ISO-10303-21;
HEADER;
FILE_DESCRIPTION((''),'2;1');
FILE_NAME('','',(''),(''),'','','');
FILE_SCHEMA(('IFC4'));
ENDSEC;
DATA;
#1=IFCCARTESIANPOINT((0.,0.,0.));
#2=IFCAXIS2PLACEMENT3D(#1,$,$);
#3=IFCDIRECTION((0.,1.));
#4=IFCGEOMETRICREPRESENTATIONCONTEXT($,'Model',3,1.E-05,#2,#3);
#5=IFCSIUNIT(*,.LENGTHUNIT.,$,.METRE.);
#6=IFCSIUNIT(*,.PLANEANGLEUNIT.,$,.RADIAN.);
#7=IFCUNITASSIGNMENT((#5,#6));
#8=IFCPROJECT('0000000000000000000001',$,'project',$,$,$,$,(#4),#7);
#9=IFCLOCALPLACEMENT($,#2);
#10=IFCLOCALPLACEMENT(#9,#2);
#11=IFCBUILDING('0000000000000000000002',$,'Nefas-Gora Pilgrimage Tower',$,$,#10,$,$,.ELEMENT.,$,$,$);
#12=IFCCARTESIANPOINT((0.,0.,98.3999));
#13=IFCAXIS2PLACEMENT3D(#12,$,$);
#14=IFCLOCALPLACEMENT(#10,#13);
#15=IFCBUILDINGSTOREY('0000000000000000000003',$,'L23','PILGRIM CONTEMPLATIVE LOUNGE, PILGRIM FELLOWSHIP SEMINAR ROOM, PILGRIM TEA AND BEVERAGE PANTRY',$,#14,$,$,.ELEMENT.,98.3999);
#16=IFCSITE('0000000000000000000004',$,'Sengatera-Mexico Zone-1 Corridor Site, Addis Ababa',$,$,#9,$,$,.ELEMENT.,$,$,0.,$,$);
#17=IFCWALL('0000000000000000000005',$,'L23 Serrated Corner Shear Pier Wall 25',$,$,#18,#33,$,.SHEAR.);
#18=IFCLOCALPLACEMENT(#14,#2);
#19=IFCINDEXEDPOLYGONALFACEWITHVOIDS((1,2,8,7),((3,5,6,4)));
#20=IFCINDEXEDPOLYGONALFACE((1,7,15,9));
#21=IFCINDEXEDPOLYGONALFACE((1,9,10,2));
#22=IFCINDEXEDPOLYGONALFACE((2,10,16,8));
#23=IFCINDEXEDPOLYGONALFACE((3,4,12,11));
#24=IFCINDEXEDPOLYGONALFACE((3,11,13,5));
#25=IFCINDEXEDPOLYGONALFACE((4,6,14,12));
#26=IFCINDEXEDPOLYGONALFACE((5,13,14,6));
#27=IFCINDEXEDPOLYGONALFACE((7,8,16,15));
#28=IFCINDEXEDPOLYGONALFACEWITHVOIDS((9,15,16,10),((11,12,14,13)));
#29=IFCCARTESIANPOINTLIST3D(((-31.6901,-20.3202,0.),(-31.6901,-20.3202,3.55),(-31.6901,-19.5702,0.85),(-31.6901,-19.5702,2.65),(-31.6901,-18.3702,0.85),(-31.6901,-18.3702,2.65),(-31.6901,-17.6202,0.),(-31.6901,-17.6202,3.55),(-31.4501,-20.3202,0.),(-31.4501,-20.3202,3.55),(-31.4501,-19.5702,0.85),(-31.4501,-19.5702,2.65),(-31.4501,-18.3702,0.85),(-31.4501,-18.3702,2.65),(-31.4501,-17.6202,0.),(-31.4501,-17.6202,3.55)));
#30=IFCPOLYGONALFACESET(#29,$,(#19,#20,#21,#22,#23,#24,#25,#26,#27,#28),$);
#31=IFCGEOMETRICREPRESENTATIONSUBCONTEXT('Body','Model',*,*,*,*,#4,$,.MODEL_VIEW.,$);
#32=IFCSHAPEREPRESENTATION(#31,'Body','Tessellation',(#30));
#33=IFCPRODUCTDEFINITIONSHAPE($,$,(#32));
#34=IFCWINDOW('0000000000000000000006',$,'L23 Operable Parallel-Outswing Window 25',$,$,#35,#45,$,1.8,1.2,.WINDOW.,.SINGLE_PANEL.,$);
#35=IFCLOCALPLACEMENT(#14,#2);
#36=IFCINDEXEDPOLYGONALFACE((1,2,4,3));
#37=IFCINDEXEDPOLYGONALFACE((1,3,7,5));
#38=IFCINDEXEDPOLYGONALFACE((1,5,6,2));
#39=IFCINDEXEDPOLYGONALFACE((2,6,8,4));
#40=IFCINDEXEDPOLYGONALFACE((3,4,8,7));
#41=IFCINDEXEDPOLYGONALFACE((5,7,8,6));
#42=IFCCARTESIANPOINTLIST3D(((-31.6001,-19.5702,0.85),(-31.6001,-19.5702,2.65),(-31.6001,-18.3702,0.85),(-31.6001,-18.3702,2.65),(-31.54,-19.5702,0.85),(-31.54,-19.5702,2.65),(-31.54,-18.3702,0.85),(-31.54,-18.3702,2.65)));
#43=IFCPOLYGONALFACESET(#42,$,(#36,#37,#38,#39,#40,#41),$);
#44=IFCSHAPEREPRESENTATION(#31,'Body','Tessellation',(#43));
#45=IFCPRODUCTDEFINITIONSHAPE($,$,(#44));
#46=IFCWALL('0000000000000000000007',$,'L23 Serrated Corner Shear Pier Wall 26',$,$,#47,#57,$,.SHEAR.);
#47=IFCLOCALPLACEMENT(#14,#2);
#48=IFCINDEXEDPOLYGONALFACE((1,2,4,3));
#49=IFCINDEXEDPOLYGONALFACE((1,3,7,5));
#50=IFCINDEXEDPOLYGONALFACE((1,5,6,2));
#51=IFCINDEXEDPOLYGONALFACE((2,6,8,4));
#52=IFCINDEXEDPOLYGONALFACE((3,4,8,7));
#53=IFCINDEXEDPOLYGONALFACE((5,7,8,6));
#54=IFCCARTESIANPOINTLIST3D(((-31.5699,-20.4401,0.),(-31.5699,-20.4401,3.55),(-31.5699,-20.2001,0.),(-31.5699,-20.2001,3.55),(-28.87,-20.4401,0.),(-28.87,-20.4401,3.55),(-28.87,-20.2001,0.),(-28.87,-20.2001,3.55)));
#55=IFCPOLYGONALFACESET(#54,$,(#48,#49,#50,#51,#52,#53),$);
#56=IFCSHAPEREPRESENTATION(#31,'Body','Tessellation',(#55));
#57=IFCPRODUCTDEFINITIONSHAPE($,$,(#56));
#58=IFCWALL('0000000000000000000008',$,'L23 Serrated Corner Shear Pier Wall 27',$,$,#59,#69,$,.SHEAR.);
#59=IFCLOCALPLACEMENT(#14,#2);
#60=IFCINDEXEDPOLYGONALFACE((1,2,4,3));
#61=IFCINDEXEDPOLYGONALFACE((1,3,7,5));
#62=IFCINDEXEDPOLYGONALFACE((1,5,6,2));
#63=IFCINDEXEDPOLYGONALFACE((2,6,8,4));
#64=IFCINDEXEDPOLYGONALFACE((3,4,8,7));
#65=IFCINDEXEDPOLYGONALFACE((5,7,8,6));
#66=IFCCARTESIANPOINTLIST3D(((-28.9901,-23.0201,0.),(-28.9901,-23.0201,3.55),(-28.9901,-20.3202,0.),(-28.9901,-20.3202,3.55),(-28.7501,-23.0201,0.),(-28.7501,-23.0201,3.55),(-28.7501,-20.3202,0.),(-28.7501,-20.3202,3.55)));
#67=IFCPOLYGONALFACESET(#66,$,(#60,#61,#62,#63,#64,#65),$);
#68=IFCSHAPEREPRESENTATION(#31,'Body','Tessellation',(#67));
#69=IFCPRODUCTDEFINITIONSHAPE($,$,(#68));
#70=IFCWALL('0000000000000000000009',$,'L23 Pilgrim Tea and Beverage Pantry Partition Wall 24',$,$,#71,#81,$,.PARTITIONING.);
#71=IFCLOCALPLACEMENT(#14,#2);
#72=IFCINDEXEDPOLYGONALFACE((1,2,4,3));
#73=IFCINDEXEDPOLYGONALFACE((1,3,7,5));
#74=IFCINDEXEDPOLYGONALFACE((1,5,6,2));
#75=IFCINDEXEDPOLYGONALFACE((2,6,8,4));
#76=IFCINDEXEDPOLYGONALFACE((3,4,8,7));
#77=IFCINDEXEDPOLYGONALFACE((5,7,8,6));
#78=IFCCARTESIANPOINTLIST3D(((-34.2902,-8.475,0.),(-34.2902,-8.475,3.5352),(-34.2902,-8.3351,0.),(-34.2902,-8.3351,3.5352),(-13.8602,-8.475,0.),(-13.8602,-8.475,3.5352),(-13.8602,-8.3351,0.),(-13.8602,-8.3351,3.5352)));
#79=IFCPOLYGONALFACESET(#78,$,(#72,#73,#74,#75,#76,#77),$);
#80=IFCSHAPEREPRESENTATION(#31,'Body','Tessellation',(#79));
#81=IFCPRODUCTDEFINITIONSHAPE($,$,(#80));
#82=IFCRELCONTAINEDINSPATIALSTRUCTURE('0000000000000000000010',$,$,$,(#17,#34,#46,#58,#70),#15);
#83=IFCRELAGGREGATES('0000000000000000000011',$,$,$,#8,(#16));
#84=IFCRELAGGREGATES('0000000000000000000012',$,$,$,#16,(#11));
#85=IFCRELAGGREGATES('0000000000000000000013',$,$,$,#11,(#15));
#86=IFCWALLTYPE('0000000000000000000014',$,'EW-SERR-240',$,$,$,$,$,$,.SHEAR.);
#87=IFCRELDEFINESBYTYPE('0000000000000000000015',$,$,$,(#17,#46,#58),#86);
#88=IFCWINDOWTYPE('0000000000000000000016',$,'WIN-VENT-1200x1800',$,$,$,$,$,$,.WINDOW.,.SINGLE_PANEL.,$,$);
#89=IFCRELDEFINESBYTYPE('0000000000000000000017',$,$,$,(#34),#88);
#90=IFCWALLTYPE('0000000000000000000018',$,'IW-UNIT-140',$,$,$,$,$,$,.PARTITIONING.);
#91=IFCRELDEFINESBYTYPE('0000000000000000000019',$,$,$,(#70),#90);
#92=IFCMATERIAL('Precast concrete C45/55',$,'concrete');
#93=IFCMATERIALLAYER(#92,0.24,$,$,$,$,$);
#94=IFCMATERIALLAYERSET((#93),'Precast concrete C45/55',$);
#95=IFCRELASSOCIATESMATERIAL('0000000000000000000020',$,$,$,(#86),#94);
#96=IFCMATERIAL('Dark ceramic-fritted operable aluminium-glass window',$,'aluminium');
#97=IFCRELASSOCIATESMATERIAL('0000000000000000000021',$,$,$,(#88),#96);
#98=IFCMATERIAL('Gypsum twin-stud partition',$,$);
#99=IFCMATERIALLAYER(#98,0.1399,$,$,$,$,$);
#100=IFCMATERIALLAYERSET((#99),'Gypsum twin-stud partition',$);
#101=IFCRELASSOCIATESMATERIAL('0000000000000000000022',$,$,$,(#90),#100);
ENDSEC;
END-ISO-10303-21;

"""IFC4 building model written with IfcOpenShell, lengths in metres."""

from ifc_helpers import new_model, si_unit, direction, frame, frame_2d, origin, place, context, subcontext, project, spatial, rectangle, extrude, source, transform, mapped, material, layer, layer_set, type_object, element, fill, save


model = new_model("IFC4")

# Units and contexts
model_context = context("Model", 3, precision=1e-05, world=origin(), true_north=direction((0.0, 1.0)))
body_context = subcontext(model_context, "Body", "Model", "MODEL_VIEW")
ifc_project = project(units=[si_unit("LENGTHUNIT", "METRE"), si_unit("PLANEANGLEUNIT", "RADIAN")], contexts=[model_context])

# Site, building, storey
site_placement = place(None, origin())
site = spatial("IfcSite", under=ifc_project, at=site_placement, Name="Sengatera-Mexico Zone-1 Corridor Site, Addis Ababa", CompositionType="ELEMENT", RefElevation=0.0)
building_placement = place(site_placement, origin())
building = spatial("IfcBuilding", under=site, at=building_placement, Name="Nefas-Gora Pilgrimage Tower", CompositionType="ELEMENT")
storey_placement = place(building_placement, frame((0.0, 0.0, 98.3999)))
storey = spatial("IfcBuildingStorey", under=building, at=storey_placement, Name="L23", Description="PILGRIM CONTEMPLATIVE LOUNGE, PILGRIM FELLOWSHIP SEMINAR ROOM, PILGRIM TEA AND BEVERAGE PANTRY", CompositionType="ELEMENT", Elevation=98.3999)

# Shared definitions
ifc_material_1 = material(Name="Precast concrete C45/55", Category="concrete")
ifc_layer_1 = layer(ifc_material_1, 0.24)
ifc_layer_set_1 = layer_set([ifc_layer_1], Name="Precast concrete C45/55")
wall_type_1 = type_object("IfcWallType", Name="EW-SERR-240", PredefinedType="SHEAR", material=ifc_layer_set_1)
shared_shape_1 = source(origin(), body_context, "Body", "SweptSolid", [
    extrude(rectangle(XDim=2.7, YDim=0.24, at=frame_2d((1.3501, 0.0))), origin(), (0.0, 0.0, 1.0), 3.55),
])

# Wall, opening, window
wall_1_placement = place(storey_placement, frame((-31.5701, -17.6201, 0.0), z_axis=(0.0, 0.0, 1.0), x_axis=(0.0, -1.0, 0.0)))
wall_1 = element("IfcWall", 1, at=wall_1_placement, inside=storey, type_object=wall_type_1, Name="L23 Serrated Corner Shear Pier Wall 25", PredefinedType="SHEAR", context=body_context, shape_type="MappedRepresentation", body=[
    mapped(shared_shape_1, transform((0.0, 0.0, 0.0), x_axis=(1.0, 0.0, 0.0), y_axis=(0.0, 1.0, 0.0), z_axis=(0.0, 0.0, 1.0), scale=1.0)),
])
opening_placement = place(wall_1_placement, frame((0.75, 0.0, 0.8501)))
opening = element("IfcOpeningElement", 2, at=opening_placement, cuts=wall_1, PredefinedType="OPENING", context=body_context, shape_type="SweptSolid", body=[
    extrude(rectangle(XDim=1.2, YDim=1.8, at=frame_2d((0.6001, 0.8999))), frame((0.0, 0.1299, 0.0), z_axis=(0.0, -1.0, 0.0), x_axis=(1.0, 0.0, 0.0)), (0.0, 0.0, 1.0), 0.26),
])
ifc_material_2 = material(Name="Dark ceramic-fritted operable aluminium-glass window", Category="aluminium")
window_type = type_object("IfcWindowType", Name="WIN-VENT-1200x1800", PartitioningType="SINGLE_PANEL", PredefinedType="WINDOW", material=ifc_material_2)
shared_shape_2 = source(origin(), body_context, "Body", "SweptSolid", [
    extrude(rectangle(XDim=1.2, YDim=1.8, at=frame_2d((0.6001, 0.8999))), frame((0.0, 0.03, 0.0), z_axis=(0.0, -1.0, 0.0), x_axis=(1.0, 0.0, 0.0)), (0.0, 0.0, 1.0), 0.0601),
])
window_placement = place(opening_placement, origin())
window = element("IfcWindow", 3, at=window_placement, inside=storey, type_object=window_type, Name="L23 Operable Parallel-Outswing Window 25", OverallHeight=1.8, OverallWidth=1.2, PartitioningType="SINGLE_PANEL", PredefinedType="WINDOW", context=body_context, shape_type="MappedRepresentation", body=[
    mapped(shared_shape_2, transform((0.0, 0.0, 0.0), x_axis=(1.0, 0.0, 0.0), y_axis=(0.0, 1.0, 0.0), z_axis=(0.0, 0.0, 1.0), scale=1.0)),
])
fill(opening, window)

# Walls
for number, where, z_axis, x_axis, name in (
    (4, (-31.5701, -20.3201, 0.0), (0.0, 0.0, 1.0), (1.0, 0.0, 0.0), "L23 Serrated Corner Shear Pier Wall 26"),
    (5, (-28.8701, -20.3201, 0.0), (0.0, 0.0, 1.0), (0.0, -1.0, 0.0), "L23 Serrated Corner Shear Pier Wall 27"),
):
    element("IfcWall", number, at=place(storey_placement, frame(where, z_axis=z_axis, x_axis=x_axis)), inside=storey, type_object=wall_type_1, Name=name, PredefinedType="SHEAR", context=body_context, shape_type="MappedRepresentation", body=[
        mapped(shared_shape_1, transform((0.0, 0.0, 0.0), x_axis=(1.0, 0.0, 0.0), y_axis=(0.0, 1.0, 0.0), z_axis=(0.0, 0.0, 1.0), scale=1.0)),
    ])
ifc_material_3 = material(Name="Gypsum twin-stud partition")
ifc_layer_2 = layer(ifc_material_3, 0.1399)
ifc_layer_set_2 = layer_set([ifc_layer_2], Name="Gypsum twin-stud partition")
wall_type_2 = type_object("IfcWallType", Name="IW-UNIT-140", PredefinedType="PARTITIONING", material=ifc_layer_set_2)
shared_shape_3 = source(origin(), body_context, "Body", "SweptSolid", [
    extrude(rectangle(XDim=20.4299, YDim=0.1399, at=frame_2d((10.2148, 0.0))), origin(), (0.0, 0.0, 1.0), 3.5352),
])
wall_2_placement = place(storey_placement, frame((-34.29, -8.405, 0.0), z_axis=(0.0, 0.0, 1.0), x_axis=(1.0, 0.0, 0.0)))
element("IfcWall", 6, at=wall_2_placement, inside=storey, type_object=wall_type_2, Name="L23 Pilgrim Tea and Beverage Pantry Partition Wall 24", PredefinedType="PARTITIONING", context=body_context, shape_type="MappedRepresentation", body=[
    mapped(shared_shape_3, transform((0.0, 0.0, 0.0), x_axis=(1.0, 0.0, 0.0), y_axis=(0.0, 1.0, 0.0), z_axis=(0.0, 0.0, 1.0), scale=1.0)),
])

save(model, "model.ifc")
